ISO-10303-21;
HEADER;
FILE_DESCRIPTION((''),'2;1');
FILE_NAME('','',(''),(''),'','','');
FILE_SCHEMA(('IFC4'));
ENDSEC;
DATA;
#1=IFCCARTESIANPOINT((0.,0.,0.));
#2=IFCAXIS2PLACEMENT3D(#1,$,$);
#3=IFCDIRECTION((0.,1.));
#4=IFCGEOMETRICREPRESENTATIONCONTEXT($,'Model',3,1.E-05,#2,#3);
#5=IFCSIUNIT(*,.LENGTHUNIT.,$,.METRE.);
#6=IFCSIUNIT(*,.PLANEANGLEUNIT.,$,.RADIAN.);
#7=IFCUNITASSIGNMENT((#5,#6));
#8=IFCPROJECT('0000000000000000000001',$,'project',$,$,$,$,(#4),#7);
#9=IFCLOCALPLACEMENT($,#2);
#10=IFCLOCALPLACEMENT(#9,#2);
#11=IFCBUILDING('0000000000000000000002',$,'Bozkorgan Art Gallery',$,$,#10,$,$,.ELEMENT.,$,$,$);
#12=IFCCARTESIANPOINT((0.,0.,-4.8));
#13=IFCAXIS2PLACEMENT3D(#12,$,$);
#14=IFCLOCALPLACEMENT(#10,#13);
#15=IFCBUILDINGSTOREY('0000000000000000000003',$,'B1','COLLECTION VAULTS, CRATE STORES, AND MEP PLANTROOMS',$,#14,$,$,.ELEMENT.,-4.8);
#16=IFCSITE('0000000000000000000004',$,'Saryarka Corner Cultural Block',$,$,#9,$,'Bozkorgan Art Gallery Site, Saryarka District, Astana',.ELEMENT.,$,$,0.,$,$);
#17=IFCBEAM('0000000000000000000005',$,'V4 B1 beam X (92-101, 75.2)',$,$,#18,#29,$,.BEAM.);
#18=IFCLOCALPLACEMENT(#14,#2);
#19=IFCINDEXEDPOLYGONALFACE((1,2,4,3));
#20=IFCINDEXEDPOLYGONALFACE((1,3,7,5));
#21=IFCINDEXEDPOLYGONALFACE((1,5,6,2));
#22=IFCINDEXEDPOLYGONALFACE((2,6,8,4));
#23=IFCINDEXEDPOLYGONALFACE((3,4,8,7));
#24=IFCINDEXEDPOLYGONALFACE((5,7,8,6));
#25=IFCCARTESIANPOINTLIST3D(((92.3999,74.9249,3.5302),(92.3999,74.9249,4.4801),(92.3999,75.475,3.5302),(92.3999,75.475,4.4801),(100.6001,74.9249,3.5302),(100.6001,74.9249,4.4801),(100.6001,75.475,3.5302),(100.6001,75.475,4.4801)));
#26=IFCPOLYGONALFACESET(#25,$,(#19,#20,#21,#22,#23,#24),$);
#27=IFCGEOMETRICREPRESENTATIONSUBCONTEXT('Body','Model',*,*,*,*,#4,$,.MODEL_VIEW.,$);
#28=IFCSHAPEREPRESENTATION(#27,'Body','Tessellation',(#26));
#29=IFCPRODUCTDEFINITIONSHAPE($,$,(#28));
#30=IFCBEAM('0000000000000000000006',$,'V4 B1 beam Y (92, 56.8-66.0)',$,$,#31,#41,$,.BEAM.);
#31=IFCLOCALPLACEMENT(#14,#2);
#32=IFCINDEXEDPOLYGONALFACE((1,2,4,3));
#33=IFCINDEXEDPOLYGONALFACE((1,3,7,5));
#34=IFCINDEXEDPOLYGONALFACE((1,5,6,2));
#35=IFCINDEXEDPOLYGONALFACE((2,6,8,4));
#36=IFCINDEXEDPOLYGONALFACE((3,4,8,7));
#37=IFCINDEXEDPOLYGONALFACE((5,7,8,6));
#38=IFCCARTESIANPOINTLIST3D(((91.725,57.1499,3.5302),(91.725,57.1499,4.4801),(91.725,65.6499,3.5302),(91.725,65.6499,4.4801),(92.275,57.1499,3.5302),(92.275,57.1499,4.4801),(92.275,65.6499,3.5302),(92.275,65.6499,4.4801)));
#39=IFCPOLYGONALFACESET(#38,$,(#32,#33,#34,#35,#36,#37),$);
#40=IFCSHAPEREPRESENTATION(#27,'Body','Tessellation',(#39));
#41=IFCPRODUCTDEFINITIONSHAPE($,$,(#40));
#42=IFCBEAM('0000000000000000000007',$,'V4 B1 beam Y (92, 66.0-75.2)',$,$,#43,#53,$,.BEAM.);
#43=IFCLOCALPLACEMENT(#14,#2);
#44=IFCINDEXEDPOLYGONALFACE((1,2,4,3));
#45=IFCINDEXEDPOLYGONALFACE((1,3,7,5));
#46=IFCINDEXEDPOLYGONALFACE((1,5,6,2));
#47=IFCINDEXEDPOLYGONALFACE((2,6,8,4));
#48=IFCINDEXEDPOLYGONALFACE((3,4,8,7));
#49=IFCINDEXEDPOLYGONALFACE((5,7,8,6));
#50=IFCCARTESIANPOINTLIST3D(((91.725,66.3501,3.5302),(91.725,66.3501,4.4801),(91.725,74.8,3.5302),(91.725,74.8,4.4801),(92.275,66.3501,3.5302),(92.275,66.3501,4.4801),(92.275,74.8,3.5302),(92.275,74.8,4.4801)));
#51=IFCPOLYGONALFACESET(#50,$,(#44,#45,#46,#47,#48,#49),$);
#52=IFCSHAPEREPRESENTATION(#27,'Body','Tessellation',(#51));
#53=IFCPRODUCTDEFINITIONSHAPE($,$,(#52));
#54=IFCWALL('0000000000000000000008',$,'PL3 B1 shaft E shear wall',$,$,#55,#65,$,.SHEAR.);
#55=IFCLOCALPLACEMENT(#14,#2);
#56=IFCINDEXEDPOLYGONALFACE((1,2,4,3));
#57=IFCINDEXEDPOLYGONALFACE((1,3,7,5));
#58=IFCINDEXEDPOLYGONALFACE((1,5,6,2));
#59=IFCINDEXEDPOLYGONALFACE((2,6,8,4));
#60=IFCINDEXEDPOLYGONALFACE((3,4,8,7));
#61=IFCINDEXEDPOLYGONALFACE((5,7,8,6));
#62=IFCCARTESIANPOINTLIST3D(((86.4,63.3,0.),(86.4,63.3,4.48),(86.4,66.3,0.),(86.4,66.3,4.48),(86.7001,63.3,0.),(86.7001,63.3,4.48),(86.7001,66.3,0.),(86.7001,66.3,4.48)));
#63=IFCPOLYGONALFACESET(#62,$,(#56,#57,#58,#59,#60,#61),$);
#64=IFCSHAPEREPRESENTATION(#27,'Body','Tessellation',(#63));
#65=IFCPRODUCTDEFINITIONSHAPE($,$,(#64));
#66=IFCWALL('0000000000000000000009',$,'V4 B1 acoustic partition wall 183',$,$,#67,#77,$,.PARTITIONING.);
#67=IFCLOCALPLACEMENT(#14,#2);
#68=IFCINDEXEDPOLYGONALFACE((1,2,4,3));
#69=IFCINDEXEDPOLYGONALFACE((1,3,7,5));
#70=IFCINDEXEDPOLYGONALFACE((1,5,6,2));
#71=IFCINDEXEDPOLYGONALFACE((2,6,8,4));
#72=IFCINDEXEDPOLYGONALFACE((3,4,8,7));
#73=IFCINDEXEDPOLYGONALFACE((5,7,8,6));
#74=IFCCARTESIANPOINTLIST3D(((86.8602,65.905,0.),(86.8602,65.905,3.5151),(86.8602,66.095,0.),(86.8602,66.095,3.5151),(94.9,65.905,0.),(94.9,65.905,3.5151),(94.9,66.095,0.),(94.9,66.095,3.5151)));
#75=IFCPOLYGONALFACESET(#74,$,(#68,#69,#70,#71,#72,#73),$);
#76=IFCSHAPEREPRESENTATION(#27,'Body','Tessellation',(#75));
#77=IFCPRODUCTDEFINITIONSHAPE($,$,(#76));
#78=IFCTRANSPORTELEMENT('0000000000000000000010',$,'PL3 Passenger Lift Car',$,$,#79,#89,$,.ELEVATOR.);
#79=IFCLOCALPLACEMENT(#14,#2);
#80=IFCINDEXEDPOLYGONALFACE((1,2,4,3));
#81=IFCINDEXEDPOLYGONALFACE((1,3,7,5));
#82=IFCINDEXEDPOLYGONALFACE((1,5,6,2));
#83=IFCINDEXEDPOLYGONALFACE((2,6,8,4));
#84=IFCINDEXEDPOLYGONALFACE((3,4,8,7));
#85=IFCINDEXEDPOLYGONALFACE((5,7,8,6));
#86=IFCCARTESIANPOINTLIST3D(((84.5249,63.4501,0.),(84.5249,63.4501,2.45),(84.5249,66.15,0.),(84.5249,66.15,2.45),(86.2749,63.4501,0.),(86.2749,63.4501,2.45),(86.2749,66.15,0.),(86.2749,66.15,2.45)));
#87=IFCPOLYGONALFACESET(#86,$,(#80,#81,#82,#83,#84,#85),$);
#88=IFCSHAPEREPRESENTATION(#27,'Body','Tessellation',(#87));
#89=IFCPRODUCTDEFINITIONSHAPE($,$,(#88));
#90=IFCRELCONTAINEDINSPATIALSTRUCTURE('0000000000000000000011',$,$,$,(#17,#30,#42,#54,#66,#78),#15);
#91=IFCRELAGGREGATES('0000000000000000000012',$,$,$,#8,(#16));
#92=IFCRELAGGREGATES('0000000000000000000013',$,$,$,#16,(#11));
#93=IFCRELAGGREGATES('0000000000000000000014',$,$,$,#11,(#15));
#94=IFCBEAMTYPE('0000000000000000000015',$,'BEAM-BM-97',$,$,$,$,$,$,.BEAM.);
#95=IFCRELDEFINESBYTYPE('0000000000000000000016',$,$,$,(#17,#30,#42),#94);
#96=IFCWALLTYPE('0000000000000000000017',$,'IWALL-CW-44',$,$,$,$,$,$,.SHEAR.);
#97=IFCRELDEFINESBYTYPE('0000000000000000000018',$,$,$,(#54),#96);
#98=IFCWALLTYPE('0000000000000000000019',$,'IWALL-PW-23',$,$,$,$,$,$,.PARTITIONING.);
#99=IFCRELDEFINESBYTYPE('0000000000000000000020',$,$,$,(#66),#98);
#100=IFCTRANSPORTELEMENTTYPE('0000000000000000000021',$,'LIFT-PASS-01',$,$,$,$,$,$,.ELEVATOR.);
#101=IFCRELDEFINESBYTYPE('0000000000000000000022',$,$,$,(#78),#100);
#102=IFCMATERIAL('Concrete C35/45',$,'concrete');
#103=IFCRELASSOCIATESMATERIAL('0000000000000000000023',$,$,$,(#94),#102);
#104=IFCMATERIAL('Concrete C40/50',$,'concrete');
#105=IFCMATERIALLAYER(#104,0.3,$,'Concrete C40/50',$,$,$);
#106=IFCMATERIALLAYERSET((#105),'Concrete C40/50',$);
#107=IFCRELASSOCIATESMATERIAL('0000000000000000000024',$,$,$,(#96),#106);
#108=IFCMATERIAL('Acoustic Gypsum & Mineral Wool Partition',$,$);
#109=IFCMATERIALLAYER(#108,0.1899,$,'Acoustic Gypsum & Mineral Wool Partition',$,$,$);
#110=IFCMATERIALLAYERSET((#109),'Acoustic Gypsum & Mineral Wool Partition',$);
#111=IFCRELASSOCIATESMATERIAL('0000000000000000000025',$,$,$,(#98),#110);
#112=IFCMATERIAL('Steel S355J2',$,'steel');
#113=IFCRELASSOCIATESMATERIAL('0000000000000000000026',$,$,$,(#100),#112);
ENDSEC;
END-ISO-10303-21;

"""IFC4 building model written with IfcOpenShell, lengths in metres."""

from ifc_helpers import new_model, si_unit, direction, frame, frame_2d, origin, origin_2d, place, context, subcontext, project, spatial, rectangle, extrude, material, layer, layer_set, material_profile, profile_set, type_object, element, save


model = new_model("IFC4")

# Units and contexts
model_context = context("Model", 3, precision=1e-05, world=origin(), true_north=direction((0.0, 1.0)))
body_context = subcontext(model_context, "Body", "Model", "MODEL_VIEW")
ifc_project = project(units=[si_unit("LENGTHUNIT", "METRE"), si_unit("PLANEANGLEUNIT", "RADIAN")], contexts=[model_context])

# Site, building, storey
site_placement = place(None, origin())
site = spatial("IfcSite", under=ifc_project, at=site_placement, Name="Saryarka Corner Cultural Block", LongName="Bozkorgan Art Gallery Site, Saryarka District, Astana", CompositionType="ELEMENT", RefElevation=0.0)
building_placement = place(site_placement, origin())
building = spatial("IfcBuilding", under=site, at=building_placement, Name="Bozkorgan Art Gallery", CompositionType="ELEMENT")
storey_placement = place(building_placement, frame((0.0, 0.0, -4.8)))
storey = spatial("IfcBuildingStorey", under=building, at=storey_placement, Name="B1", Description="COLLECTION VAULTS, CRATE STORES, AND MEP PLANTROOMS", CompositionType="ELEMENT", Elevation=-4.8)

# Shared definitions
ifc_material_1 = material(Name="Concrete C40/50", Category="concrete")

# Beams
ifc_material_2 = material(Name="Concrete C35/45", Category="concrete")
ifc_material_profile_1 = material_profile(ifc_material_2, rectangle(XDim=0.55, YDim=0.95, at=origin_2d()), Name="RC 550x950")
ifc_profile_set_1 = profile_set([ifc_material_profile_1], Name="Concrete C35/45")
beam_type = type_object("IfcBeamType", Name="BEAM-BM-97", PredefinedType="BEAM", material=ifc_profile_set_1)
beam_1_placement = place(storey_placement, frame((92.3999, 75.2, 4.0051), z_axis=(1.0, 0.0, 0.0), x_axis=(0.0, 1.0, 0.0)))
element("IfcBeam", 1, at=beam_1_placement, inside=storey, type_object=beam_type, Name="V4 B1 beam X (92-101, 75.2)", PredefinedType="BEAM", context=body_context, shape_type="SweptSolid", body=[
    extrude(rectangle(XDim=0.55, YDim=0.95, at=origin_2d()), origin(), (0.0, 0.0, 1.0), 8.2002),
])
beam_2_placement = place(storey_placement, frame((92.0, 57.1499, 4.0051), z_axis=(0.0, 1.0, 0.0), x_axis=(-1.0, 0.0, 0.0)))
element("IfcBeam", 2, at=beam_2_placement, inside=storey, type_object=beam_type, Name="V4 B1 beam Y (92, 56.8-66.0)", PredefinedType="BEAM", context=body_context, shape_type="SweptSolid", body=[
    extrude(rectangle(XDim=0.55, YDim=0.95, at=origin_2d()), origin(), (0.0, 0.0, 1.0), 8.5),
])
beam_3_placement = place(storey_placement, frame((92.0, 66.3501, 4.0051), z_axis=(0.0, 1.0, 0.0), x_axis=(-1.0, 0.0, 0.0)))
element("IfcBeam", 3, at=beam_3_placement, inside=storey, type_object=beam_type, Name="V4 B1 beam Y (92, 66.0-75.2)", PredefinedType="BEAM", context=body_context, shape_type="SweptSolid", body=[
    extrude(rectangle(XDim=0.55, YDim=0.95, at=origin_2d()), origin(), (0.0, 0.0, 1.0), 8.45),
])

# Walls
ifc_layer_1 = layer(ifc_material_1, 0.3, Name="Concrete C40/50")
ifc_layer_set_1 = layer_set([ifc_layer_1], Name="Concrete C40/50")
wall_type_1 = type_object("IfcWallType", Name="IWALL-CW-44", PredefinedType="SHEAR", material=ifc_layer_set_1)
wall_1_placement = place(storey_placement, frame((86.55, 63.3, 0.0), z_axis=(0.0, 0.0, 1.0), x_axis=(0.0, 1.0, 0.0)))
element("IfcWall", 4, at=wall_1_placement, inside=storey, type_object=wall_type_1, Name="PL3 B1 shaft E shear wall", PredefinedType="SHEAR", context=body_context, shape_type="SweptSolid", body=[
    extrude(rectangle(XDim=3.0, YDim=0.3, at=frame_2d((1.5, 0.0))), origin(), (0.0, 0.0, 1.0), 4.48),
])
ifc_material_3 = material(Name="Acoustic Gypsum & Mineral Wool Partition")
ifc_layer_2 = layer(ifc_material_3, 0.1899, Name="Acoustic Gypsum & Mineral Wool Partition")
ifc_layer_set_2 = layer_set([ifc_layer_2], Name="Acoustic Gypsum & Mineral Wool Partition")
wall_type_2 = type_object("IfcWallType", Name="IWALL-PW-23", PredefinedType="PARTITIONING", material=ifc_layer_set_2)
wall_2_placement = place(storey_placement, frame((86.8601, 66.0, 0.0), z_axis=(0.0, 0.0, 1.0), x_axis=(1.0, 0.0, 0.0)))
element("IfcWall", 5, at=wall_2_placement, inside=storey, type_object=wall_type_2, Name="V4 B1 acoustic partition wall 183", PredefinedType="PARTITIONING", context=body_context, shape_type="SweptSolid", body=[
    extrude(rectangle(XDim=8.0398, YDim=0.1899, at=frame_2d((4.02, 0.0))), origin(), (0.0, 0.0, 1.0), 3.5151),
])

# Transport element
ifc_material_4 = material(Name="Steel S355J2", Category="steel")
transport_element_type = type_object("IfcTransportElementType", Name="LIFT-PASS-01", PredefinedType="ELEVATOR", material=ifc_material_4)
transport_element_placement = place(storey_placement, frame((85.3999, 64.8, 0.0), z_axis=(0.0, 0.0, 1.0), x_axis=(1.0, 0.0, 0.0)))
element("IfcTransportElement", 6, at=transport_element_placement, inside=storey, type_object=transport_element_type, Name="PL3 Passenger Lift Car", PredefinedType="ELEVATOR", context=body_context, shape_type="SweptSolid", body=[
    extrude(rectangle(XDim=1.75, YDim=2.7, at=origin_2d()), origin(), (0.0, 0.0, 1.0), 2.45),
])

save(model, "model.ifc")
